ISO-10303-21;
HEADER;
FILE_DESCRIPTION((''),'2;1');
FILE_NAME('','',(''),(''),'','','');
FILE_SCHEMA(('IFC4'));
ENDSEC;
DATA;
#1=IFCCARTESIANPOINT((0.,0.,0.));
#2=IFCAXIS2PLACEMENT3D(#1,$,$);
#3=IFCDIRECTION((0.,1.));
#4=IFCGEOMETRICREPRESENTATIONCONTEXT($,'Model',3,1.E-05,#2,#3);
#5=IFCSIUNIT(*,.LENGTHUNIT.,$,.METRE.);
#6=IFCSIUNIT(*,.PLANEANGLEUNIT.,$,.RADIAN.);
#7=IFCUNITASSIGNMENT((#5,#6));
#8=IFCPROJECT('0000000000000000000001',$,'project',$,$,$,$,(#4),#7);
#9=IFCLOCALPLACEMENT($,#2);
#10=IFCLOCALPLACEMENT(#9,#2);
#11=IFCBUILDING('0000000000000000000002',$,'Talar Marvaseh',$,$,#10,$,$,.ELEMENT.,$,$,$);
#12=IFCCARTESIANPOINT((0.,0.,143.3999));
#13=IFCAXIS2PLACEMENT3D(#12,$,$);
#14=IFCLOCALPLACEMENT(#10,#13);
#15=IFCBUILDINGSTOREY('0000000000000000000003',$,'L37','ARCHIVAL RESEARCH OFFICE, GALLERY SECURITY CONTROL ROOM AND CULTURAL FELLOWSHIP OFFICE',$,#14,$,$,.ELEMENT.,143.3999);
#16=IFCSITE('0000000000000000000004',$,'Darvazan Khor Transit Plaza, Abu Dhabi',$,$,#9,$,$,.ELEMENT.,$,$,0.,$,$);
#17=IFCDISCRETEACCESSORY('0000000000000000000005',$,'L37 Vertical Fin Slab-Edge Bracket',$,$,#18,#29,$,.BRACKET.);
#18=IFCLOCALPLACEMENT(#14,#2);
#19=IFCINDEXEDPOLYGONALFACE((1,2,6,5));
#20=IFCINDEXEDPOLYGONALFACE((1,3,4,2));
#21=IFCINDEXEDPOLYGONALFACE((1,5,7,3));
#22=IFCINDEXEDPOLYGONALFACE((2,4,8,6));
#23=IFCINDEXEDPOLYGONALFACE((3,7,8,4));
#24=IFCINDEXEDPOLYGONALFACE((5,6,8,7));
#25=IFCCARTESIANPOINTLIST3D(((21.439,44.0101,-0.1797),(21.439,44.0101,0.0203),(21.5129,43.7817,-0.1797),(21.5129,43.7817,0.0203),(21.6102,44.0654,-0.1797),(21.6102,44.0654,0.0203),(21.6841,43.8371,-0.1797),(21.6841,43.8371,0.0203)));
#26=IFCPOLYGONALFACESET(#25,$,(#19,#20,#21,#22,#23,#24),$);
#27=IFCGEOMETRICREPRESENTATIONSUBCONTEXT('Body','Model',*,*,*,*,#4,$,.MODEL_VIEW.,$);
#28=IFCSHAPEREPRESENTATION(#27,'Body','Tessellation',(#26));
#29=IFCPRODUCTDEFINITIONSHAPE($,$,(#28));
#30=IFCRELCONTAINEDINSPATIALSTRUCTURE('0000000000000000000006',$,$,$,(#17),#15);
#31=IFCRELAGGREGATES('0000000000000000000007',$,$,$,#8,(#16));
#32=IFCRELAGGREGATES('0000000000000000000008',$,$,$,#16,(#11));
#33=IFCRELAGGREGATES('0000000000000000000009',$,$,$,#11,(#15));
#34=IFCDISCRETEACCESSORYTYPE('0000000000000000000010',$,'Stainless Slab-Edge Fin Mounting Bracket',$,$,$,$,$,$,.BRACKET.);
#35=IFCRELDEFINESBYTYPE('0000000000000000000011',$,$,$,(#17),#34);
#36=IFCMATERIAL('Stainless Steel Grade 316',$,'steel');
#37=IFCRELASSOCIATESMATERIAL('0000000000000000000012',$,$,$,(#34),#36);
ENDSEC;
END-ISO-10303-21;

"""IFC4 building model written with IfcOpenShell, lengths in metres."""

from ifc_helpers import new_model, si_unit, direction, frame, origin, origin_2d, place, context, subcontext, project, spatial, rectangle, extrude, source, transform, mapped, material, type_object, type_shapes, element, save


model = new_model("IFC4")

# Units and contexts
model_context = context("Model", 3, precision=1e-05, world=origin(), true_north=direction((0.0, 1.0)))
body_context = subcontext(model_context, "Body", "Model", "MODEL_VIEW")
ifc_project = project(units=[si_unit("LENGTHUNIT", "METRE"), si_unit("PLANEANGLEUNIT", "RADIAN")], contexts=[model_context])

# Site, building, storey
site_placement = place(None, origin())
site = spatial("IfcSite", under=ifc_project, at=site_placement, Name="Darvazan Khor Transit Plaza, Abu Dhabi", CompositionType="ELEMENT", RefElevation=0.0)
building_placement = place(site_placement, origin())
building = spatial("IfcBuilding", under=site, at=building_placement, Name="Talar Marvaseh", CompositionType="ELEMENT")
storey_placement = place(building_placement, frame((0.0, 0.0, 143.3999)))
storey = spatial("IfcBuildingStorey", under=building, at=storey_placement, Name="L37", Description="ARCHIVAL RESEARCH OFFICE, GALLERY SECURITY CONTROL ROOM AND CULTURAL FELLOWSHIP OFFICE", CompositionType="ELEMENT", Elevation=143.3999)

# Shared definitions
ifc_material_1 = material(Name="Stainless Steel Grade 316", Category="steel")

# Discrete accessory
discrete_accessory_type = type_object("IfcDiscreteAccessoryType", Name="Stainless Slab-Edge Fin Mounting Bracket", PredefinedType="BRACKET", material=ifc_material_1)
shared_shape_1 = source(origin(), body_context, "Body", "SweptSolid", [
    extrude(rectangle(XDim=0.24, YDim=0.1799, at=origin_2d()), origin(), (0.0, 0.0, 1.0), 0.2),
])
type_shapes(discrete_accessory_type, [shared_shape_1])
for number, where, z_axis, x_axis, name in (
    (1, (21.5615, 43.9236, -0.1797), (0.0, 0.0, 1.0), (-0.307855, 0.951433, 0.0), "L37 Vertical Fin Slab-Edge Bracket"),
):
    element("IfcDiscreteAccessory", number, at=place(storey_placement, frame(where, z_axis=z_axis, x_axis=x_axis)), inside=storey, type_object=discrete_accessory_type, Name=name, PredefinedType="BRACKET", context=body_context, shape_type="MappedRepresentation", body=[
        mapped(shared_shape_1, transform((0.0, 0.0, 0.0), x_axis=(1.0, 0.0, 0.0), y_axis=(0.0, 1.0, 0.0), z_axis=(0.0, 0.0, 1.0), scale=1.0)),
    ])

save(model, "model.ifc")
